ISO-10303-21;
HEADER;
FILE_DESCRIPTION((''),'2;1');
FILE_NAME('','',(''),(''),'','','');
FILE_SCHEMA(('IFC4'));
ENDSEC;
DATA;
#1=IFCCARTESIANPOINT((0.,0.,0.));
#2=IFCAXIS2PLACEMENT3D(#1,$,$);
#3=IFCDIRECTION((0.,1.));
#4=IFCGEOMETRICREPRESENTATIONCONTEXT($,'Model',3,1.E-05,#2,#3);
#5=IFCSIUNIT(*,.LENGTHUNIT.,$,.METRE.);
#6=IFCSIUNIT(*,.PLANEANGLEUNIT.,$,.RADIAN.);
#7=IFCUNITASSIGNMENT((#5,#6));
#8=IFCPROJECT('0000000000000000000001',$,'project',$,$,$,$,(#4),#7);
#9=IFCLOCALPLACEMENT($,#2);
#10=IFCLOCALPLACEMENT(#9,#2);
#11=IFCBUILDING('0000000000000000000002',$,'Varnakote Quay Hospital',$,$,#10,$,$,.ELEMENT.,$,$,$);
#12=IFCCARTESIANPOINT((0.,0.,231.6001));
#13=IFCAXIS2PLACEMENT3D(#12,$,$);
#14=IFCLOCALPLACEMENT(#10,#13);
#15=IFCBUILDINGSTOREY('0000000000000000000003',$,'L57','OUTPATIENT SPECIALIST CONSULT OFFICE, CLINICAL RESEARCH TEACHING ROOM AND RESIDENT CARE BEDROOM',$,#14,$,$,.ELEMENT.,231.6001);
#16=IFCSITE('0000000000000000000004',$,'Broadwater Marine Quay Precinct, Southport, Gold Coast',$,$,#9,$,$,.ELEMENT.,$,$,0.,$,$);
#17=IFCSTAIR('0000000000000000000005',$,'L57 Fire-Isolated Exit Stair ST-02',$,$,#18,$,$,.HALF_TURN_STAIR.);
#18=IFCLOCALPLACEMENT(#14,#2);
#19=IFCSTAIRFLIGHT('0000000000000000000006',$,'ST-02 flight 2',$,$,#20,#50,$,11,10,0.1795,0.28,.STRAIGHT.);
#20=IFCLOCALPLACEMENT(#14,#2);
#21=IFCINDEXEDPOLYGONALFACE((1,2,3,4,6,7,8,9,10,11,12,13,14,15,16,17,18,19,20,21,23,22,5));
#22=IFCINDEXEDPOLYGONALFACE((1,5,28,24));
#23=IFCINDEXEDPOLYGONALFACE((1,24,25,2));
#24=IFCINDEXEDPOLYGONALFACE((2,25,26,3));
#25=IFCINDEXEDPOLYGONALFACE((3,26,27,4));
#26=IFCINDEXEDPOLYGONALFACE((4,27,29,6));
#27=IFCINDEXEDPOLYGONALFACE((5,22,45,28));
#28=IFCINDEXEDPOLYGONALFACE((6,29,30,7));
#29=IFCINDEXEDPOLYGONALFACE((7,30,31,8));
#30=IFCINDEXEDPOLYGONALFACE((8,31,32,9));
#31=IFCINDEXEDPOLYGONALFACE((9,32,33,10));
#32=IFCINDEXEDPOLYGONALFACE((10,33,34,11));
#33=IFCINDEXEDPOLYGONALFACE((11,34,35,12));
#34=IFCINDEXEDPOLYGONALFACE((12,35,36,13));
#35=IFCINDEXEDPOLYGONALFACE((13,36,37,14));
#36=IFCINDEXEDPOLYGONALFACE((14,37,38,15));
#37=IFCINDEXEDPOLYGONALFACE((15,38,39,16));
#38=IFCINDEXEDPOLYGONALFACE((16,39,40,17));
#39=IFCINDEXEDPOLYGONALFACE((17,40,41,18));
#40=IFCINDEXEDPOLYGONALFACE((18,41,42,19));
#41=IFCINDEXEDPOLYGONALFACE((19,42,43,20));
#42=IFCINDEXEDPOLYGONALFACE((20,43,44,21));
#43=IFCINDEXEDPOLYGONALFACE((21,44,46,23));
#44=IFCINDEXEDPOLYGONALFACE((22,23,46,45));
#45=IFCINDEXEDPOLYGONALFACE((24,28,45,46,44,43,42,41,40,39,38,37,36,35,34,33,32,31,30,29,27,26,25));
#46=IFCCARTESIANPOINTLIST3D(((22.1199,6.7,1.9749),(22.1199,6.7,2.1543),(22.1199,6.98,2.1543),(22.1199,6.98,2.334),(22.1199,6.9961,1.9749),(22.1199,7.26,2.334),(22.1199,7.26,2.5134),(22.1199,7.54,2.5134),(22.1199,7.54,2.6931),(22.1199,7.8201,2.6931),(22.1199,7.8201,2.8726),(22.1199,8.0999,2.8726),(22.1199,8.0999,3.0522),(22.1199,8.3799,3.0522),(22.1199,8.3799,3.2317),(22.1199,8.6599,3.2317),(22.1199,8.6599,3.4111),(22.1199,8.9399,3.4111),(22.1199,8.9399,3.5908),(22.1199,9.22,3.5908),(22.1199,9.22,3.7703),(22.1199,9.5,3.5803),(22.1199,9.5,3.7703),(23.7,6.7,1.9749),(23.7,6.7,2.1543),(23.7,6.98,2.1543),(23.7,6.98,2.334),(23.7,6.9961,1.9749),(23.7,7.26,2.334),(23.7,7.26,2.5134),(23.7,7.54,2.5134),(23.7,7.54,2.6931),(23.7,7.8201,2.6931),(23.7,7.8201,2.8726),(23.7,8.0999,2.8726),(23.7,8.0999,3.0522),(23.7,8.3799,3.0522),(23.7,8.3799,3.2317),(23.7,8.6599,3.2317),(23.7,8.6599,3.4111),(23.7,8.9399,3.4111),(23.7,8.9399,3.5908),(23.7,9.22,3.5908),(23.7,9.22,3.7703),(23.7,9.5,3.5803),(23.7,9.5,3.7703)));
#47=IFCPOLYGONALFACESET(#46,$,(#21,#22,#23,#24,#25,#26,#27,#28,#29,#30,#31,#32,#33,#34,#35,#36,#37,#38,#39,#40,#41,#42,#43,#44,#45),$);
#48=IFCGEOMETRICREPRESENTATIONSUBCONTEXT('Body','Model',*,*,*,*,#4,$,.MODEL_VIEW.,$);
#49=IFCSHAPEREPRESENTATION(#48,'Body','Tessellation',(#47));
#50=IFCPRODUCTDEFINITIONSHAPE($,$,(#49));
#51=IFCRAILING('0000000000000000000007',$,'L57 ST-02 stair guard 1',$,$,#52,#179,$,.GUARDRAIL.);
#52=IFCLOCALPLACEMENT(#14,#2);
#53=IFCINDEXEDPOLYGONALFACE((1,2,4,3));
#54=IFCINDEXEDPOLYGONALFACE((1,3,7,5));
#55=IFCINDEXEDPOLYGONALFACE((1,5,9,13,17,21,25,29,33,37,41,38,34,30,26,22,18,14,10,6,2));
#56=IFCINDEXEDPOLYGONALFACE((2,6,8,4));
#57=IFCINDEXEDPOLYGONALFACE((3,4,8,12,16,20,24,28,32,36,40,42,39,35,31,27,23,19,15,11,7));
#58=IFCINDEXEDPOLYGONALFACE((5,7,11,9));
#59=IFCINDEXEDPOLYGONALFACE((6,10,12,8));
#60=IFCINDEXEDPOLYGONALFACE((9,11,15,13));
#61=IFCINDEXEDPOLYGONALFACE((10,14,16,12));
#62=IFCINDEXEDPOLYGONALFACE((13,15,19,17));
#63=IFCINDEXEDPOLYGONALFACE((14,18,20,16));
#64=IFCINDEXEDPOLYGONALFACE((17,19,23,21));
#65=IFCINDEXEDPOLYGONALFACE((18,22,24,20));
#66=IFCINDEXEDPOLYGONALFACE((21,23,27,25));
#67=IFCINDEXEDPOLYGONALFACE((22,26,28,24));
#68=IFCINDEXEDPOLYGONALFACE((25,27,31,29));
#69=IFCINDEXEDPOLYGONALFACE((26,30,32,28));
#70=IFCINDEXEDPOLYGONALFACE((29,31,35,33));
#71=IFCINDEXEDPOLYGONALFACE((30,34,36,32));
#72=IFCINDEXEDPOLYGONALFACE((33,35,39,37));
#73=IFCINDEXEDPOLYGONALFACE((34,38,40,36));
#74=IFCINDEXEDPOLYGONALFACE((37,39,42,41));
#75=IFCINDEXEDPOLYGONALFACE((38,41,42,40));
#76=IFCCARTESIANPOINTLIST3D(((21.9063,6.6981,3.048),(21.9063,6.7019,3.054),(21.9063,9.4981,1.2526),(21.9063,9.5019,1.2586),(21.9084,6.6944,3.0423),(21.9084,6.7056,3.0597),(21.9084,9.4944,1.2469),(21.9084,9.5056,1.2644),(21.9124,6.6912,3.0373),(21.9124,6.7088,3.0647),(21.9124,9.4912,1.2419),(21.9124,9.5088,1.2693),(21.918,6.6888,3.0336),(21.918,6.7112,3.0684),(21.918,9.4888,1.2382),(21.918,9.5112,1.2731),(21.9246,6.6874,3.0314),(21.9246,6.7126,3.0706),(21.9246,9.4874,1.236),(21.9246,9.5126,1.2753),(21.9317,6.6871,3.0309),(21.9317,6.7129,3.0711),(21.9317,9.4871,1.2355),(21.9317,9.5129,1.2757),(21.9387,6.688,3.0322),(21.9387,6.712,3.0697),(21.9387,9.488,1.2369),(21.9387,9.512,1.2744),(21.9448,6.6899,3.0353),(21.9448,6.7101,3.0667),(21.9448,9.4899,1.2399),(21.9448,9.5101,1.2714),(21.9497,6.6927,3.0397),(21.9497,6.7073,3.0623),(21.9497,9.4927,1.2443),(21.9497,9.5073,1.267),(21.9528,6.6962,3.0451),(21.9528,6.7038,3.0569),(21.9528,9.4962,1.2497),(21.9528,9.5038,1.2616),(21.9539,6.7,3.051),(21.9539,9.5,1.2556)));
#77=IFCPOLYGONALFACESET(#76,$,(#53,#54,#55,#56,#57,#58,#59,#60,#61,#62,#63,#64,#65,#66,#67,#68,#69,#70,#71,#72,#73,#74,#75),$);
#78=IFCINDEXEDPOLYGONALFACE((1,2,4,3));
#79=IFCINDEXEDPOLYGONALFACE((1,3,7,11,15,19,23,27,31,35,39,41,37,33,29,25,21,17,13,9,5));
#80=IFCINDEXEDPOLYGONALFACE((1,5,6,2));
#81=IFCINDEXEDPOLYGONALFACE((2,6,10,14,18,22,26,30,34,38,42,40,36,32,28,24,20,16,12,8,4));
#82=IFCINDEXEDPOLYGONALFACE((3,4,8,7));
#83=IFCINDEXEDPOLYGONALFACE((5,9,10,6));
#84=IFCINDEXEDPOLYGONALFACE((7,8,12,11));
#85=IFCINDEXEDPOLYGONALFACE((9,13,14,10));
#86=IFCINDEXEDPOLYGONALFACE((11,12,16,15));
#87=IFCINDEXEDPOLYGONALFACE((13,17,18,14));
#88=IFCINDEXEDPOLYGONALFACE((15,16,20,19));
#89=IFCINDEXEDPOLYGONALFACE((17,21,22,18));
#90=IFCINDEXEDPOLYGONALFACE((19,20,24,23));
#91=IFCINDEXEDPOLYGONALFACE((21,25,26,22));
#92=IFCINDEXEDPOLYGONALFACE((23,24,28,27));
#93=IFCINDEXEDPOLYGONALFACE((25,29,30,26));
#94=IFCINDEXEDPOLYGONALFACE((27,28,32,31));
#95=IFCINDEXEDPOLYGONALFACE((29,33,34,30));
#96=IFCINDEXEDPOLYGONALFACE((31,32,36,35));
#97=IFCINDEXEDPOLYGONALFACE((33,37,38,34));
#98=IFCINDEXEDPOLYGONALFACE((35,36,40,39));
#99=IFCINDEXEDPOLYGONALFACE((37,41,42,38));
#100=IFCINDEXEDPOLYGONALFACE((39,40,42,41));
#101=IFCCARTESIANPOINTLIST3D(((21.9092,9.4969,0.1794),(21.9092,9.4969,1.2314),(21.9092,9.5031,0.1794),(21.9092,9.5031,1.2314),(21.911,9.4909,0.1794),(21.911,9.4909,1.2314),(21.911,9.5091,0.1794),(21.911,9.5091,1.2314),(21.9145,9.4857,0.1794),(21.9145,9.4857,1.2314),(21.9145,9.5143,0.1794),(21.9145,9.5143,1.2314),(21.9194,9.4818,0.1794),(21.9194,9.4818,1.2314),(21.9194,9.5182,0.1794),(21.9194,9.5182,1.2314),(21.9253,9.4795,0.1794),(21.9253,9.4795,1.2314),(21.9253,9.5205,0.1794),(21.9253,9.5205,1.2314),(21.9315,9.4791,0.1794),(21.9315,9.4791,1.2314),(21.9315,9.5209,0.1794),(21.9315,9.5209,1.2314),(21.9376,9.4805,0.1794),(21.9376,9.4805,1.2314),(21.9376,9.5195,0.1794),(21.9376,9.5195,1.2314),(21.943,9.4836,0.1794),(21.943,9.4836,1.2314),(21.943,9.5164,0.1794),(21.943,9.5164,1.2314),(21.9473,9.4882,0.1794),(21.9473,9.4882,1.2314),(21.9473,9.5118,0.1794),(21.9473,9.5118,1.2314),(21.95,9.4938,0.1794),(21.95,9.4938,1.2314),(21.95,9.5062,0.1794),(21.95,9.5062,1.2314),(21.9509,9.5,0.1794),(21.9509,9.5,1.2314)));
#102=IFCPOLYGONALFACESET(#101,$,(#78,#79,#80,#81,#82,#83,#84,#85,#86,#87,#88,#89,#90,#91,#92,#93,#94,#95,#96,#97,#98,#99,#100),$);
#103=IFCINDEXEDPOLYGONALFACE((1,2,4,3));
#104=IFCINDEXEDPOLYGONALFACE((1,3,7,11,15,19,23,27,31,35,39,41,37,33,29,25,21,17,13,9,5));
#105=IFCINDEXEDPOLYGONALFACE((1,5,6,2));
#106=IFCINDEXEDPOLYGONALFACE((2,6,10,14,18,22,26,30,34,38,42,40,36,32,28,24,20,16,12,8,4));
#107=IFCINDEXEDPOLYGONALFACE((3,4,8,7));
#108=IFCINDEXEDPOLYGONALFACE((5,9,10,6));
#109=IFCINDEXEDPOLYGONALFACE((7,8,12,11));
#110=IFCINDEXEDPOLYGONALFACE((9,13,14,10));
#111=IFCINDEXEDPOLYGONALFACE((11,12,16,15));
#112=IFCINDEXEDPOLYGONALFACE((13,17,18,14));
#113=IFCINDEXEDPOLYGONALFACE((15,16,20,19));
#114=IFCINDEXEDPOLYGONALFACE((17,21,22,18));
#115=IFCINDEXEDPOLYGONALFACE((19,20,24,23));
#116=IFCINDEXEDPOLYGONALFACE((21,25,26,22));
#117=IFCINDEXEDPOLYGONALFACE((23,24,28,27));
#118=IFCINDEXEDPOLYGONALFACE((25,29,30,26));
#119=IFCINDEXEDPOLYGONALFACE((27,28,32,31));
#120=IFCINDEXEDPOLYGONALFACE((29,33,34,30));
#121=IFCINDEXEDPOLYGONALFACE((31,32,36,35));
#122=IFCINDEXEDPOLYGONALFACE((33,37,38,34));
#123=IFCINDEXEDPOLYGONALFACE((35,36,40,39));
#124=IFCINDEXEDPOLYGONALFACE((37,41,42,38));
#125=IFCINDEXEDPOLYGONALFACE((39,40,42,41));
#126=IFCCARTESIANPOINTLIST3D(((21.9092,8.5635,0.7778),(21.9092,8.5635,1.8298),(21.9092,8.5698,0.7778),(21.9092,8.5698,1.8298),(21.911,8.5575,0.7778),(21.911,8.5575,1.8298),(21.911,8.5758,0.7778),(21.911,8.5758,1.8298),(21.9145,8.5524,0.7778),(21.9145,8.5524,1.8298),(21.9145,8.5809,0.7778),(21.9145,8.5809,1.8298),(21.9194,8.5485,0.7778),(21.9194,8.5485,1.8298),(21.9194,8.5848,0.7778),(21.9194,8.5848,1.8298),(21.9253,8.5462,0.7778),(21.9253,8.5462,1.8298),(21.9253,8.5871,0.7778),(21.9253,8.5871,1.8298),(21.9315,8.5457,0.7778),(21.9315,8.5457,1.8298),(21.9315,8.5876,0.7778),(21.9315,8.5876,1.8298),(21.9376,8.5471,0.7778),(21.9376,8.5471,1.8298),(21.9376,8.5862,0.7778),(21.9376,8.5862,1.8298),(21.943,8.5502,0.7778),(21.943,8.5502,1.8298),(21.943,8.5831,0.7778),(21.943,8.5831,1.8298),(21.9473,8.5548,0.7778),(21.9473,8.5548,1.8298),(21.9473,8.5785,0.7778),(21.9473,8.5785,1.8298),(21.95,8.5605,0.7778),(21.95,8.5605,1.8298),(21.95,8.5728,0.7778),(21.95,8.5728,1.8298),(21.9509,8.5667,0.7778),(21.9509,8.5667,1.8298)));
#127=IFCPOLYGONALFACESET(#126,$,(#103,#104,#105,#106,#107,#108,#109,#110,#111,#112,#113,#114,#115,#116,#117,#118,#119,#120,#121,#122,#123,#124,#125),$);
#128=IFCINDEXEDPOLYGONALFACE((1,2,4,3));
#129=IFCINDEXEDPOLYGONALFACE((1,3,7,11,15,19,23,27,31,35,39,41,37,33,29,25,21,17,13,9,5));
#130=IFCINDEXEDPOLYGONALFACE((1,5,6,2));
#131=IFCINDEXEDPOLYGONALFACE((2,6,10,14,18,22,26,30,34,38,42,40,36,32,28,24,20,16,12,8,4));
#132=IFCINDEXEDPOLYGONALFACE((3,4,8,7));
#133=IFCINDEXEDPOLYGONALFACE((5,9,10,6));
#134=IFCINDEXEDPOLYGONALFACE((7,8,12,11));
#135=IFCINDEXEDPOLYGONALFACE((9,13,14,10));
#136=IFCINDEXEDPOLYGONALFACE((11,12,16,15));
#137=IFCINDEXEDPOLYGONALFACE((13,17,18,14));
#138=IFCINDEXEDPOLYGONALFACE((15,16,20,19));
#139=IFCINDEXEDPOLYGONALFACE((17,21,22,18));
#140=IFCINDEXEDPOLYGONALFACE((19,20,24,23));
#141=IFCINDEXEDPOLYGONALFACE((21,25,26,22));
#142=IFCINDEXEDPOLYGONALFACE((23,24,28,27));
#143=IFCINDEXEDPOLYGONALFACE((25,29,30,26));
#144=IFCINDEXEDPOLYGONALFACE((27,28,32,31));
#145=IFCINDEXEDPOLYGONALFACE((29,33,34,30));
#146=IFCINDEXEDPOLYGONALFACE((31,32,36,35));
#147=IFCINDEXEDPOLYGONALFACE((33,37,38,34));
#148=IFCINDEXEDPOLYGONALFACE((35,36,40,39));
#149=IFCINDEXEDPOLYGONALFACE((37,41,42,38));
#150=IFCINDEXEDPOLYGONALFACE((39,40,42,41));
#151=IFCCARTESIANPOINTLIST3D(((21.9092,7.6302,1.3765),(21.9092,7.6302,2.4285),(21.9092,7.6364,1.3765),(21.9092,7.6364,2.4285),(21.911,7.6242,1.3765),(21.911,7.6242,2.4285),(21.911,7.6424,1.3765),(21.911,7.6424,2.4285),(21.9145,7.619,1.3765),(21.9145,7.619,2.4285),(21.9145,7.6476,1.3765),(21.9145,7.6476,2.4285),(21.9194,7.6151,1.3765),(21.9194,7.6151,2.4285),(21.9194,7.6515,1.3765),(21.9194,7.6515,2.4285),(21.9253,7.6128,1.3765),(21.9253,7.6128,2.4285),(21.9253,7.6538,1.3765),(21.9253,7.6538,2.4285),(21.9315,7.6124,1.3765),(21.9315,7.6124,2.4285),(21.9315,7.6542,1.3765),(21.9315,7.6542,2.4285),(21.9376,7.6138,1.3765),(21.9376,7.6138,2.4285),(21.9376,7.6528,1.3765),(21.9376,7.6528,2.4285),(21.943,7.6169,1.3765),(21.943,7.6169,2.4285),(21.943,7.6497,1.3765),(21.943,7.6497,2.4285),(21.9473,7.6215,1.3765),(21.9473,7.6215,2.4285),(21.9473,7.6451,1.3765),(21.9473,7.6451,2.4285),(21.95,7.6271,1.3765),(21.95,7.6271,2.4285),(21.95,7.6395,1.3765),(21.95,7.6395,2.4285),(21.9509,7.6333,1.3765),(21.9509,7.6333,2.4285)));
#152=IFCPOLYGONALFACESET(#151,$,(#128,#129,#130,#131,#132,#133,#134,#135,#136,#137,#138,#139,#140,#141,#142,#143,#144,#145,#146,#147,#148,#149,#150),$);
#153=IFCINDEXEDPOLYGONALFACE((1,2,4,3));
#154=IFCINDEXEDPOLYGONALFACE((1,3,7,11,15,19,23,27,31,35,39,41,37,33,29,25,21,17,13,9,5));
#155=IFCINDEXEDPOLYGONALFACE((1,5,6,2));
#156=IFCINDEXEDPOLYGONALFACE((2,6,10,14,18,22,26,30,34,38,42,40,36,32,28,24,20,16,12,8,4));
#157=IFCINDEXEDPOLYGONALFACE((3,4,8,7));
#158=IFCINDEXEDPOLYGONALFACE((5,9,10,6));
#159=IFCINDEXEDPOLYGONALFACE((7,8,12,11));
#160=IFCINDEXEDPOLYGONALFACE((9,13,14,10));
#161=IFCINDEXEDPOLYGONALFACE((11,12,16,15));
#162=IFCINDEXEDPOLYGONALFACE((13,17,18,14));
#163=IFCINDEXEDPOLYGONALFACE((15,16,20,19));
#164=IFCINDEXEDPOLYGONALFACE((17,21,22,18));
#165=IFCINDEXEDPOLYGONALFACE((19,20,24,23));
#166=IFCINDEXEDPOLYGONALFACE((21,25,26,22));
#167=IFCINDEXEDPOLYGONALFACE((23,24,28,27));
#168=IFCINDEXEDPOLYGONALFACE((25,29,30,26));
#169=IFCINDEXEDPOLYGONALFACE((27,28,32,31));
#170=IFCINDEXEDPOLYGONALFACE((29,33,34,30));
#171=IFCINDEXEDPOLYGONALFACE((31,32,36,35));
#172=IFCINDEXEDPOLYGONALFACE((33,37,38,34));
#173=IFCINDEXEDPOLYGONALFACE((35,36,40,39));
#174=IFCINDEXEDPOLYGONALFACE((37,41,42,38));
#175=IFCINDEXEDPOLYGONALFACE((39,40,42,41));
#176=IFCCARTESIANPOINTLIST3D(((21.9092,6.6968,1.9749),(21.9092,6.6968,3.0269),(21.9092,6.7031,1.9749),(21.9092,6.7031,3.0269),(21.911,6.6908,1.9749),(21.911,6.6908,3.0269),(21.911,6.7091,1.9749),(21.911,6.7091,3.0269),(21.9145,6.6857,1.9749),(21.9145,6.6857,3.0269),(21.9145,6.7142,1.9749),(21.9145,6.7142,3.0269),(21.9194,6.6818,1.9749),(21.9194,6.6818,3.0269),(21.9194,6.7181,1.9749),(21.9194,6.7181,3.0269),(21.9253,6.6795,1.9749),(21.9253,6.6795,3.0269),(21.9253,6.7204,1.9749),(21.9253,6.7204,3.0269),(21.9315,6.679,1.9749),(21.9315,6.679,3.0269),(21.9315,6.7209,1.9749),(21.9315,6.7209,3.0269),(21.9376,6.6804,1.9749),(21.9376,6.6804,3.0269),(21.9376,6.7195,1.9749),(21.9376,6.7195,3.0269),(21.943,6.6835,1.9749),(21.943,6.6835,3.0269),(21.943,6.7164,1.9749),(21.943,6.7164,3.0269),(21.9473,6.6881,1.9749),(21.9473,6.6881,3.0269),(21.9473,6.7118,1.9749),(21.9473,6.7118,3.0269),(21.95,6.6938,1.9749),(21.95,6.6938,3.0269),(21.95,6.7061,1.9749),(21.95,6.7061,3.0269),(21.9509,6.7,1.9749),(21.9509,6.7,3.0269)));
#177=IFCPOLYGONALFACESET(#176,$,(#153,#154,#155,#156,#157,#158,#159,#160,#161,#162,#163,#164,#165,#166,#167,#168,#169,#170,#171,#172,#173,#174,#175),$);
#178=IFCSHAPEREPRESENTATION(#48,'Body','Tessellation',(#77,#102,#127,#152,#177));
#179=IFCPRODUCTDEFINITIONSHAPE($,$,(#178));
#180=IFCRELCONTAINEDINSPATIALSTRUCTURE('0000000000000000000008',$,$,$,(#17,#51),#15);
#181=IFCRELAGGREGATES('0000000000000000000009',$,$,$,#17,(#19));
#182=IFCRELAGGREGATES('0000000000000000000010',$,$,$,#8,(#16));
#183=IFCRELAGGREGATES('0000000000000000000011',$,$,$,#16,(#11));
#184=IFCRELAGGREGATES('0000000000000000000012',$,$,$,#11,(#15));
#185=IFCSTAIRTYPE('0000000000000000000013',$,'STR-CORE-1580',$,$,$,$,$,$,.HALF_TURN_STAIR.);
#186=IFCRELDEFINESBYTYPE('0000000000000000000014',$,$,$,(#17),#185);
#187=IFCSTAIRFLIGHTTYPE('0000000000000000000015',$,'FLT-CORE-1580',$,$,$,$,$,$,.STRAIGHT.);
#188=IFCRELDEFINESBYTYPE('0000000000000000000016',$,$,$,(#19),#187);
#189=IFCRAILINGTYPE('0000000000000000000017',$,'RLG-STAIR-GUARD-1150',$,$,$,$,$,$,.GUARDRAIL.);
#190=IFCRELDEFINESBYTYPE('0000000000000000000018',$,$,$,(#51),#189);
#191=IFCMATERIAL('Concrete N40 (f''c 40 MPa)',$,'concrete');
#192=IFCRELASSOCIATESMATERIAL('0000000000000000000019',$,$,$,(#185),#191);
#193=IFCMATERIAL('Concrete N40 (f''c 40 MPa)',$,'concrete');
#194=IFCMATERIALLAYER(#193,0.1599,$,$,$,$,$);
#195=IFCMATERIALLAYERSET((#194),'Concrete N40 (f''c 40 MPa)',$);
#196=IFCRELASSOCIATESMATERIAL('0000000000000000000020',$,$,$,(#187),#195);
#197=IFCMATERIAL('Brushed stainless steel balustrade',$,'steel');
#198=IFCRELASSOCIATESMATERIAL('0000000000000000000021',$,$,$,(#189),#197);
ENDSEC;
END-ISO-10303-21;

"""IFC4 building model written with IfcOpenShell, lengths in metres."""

from ifc_helpers import new_model, si_unit, direction, frame, origin, origin_2d, place, context, subcontext, project, spatial, polyline, circle, outline, extrude, material, layer, layer_set, type_object, element, aggregate, save


model = new_model("IFC4")

# Units and contexts
model_context = context("Model", 3, precision=1e-05, world=origin(), true_north=direction((0.0, 1.0)))
body_context = subcontext(model_context, "Body", "Model", "MODEL_VIEW")
ifc_project = project(units=[si_unit("LENGTHUNIT", "METRE"), si_unit("PLANEANGLEUNIT", "RADIAN")], contexts=[model_context])

# Site, building, storey
site_placement = place(None, origin())
site = spatial("IfcSite", under=ifc_project, at=site_placement, Name="Broadwater Marine Quay Precinct, Southport, Gold Coast", CompositionType="ELEMENT", RefElevation=0.0)
building_placement = place(site_placement, origin())
building = spatial("IfcBuilding", under=site, at=building_placement, Name="Varnakote Quay Hospital", CompositionType="ELEMENT")
storey_placement = place(building_placement, frame((0.0, 0.0, 231.6001)))
storey = spatial("IfcBuildingStorey", under=building, at=storey_placement, Name="L57", Description="OUTPATIENT SPECIALIST CONSULT OFFICE, CLINICAL RESEARCH TEACHING ROOM AND RESIDENT CARE BEDROOM", CompositionType="ELEMENT", Elevation=231.6001)

# Stair, stair flight
ifc_material_1 = material(Name="Concrete N40 (f'c 40 MPa)", Category="concrete")
stair_type = type_object("IfcStairType", Name="STR-CORE-1580", PredefinedType="HALF_TURN_STAIR", material=ifc_material_1)
stair_placement = place(storey_placement, origin())
stair = element("IfcStair", 1, at=stair_placement, inside=storey, type_object=stair_type, Name="L57 Fire-Isolated Exit Stair ST-02", PredefinedType="HALF_TURN_STAIR")
ifc_material_2 = material(Name="Concrete N40 (f'c 40 MPa)", Category="concrete")
ifc_layer_1 = layer(ifc_material_2, 0.1599)
ifc_layer_set_1 = layer_set([ifc_layer_1], Name="Concrete N40 (f'c 40 MPa)")
stair_flight_type = type_object("IfcStairFlightType", Name="FLT-CORE-1580", PredefinedType="STRAIGHT", material=ifc_layer_set_1)
stair_flight_1_placement = place(storey_placement, frame((22.9099, 6.7, 1.9749), z_axis=(0.0, 0.0, 1.0), x_axis=(0.0, 1.0, 0.0)))
stair_flight_1 = element("IfcStairFlight", 2, at=stair_flight_1_placement, type_object=stair_flight_type, Name="ST-02 flight 2", NumberOfRisers=11, NumberOfTreads=10, PredefinedType="STRAIGHT", RiserHeight=0.1795, TreadLength=0.28, context=body_context, shape_type="SweptSolid", body=[
    extrude(outline(polyline([(0.0, 0.0), (0.0, 0.1794), (0.28, 0.1794), (0.28, 0.3591), (0.5601, 0.3591), (0.5601, 0.5386), (0.8401, 0.5386), (0.8401, 0.7183), (1.1201, 0.7183), (1.1201, 0.8977), (1.3999, 0.8977), (1.3999, 1.0774), (1.6799, 1.0774), (1.6799, 1.2568), (1.96, 1.2568), (1.96, 1.4363), (2.24, 1.4363), (2.24, 1.616), (2.52, 1.616), (2.52, 1.7954), (2.8, 1.7954), (2.8, 1.9751), (2.8, 1.6055), (0.2961, 0.0), (0.0, 0.0)])), frame((0.0, 0.79, 0.0), z_axis=(0.0, -1.0, 0.0), x_axis=(1.0, 0.0, 0.0)), (0.0, 0.0, 1.0), 1.5801),
])
aggregate(stair, [stair_flight_1])

# Railing
ifc_material_3 = material(Name="Brushed stainless steel balustrade", Category="steel")
railing_type_1 = type_object("IfcRailingType", Name="RLG-STAIR-GUARD-1150", PredefinedType="GUARDRAIL", material=ifc_material_3)
railing_1_placement = place(storey_placement, frame((21.9299, 9.5, 0.1794)))
element("IfcRailing", 3, at=railing_1_placement, inside=storey, type_object=railing_type_1, Name="L57 ST-02 stair guard 1", PredefinedType="GUARDRAIL", context=body_context, shape_type="SweptSolid", body=[
    extrude(circle(Radius=0.0239, at=origin_2d()), frame((0.0, 0.0, 1.0762), z_axis=(0.0, -0.84181, 0.539774), x_axis=(1.0, 0.0, 0.0)), (0.0, 0.0, 1.0), 3.3262),
    extrude(circle(Radius=0.021, at=origin_2d()), origin(), (0.0, 0.0, 1.0), 1.052),
    extrude(circle(Radius=0.021, at=origin_2d()), frame((0.0, -0.9333, 0.5984)), (0.0, 0.0, 1.0), 1.052),
    extrude(circle(Radius=0.021, at=origin_2d()), frame((0.0, -1.8667, 1.197)), (0.0, 0.0, 1.0), 1.052),
    extrude(circle(Radius=0.021, at=origin_2d()), frame((0.0, -2.8, 1.7954)), (0.0, 0.0, 1.0), 1.052),
])

save(model, "model.ifc")
